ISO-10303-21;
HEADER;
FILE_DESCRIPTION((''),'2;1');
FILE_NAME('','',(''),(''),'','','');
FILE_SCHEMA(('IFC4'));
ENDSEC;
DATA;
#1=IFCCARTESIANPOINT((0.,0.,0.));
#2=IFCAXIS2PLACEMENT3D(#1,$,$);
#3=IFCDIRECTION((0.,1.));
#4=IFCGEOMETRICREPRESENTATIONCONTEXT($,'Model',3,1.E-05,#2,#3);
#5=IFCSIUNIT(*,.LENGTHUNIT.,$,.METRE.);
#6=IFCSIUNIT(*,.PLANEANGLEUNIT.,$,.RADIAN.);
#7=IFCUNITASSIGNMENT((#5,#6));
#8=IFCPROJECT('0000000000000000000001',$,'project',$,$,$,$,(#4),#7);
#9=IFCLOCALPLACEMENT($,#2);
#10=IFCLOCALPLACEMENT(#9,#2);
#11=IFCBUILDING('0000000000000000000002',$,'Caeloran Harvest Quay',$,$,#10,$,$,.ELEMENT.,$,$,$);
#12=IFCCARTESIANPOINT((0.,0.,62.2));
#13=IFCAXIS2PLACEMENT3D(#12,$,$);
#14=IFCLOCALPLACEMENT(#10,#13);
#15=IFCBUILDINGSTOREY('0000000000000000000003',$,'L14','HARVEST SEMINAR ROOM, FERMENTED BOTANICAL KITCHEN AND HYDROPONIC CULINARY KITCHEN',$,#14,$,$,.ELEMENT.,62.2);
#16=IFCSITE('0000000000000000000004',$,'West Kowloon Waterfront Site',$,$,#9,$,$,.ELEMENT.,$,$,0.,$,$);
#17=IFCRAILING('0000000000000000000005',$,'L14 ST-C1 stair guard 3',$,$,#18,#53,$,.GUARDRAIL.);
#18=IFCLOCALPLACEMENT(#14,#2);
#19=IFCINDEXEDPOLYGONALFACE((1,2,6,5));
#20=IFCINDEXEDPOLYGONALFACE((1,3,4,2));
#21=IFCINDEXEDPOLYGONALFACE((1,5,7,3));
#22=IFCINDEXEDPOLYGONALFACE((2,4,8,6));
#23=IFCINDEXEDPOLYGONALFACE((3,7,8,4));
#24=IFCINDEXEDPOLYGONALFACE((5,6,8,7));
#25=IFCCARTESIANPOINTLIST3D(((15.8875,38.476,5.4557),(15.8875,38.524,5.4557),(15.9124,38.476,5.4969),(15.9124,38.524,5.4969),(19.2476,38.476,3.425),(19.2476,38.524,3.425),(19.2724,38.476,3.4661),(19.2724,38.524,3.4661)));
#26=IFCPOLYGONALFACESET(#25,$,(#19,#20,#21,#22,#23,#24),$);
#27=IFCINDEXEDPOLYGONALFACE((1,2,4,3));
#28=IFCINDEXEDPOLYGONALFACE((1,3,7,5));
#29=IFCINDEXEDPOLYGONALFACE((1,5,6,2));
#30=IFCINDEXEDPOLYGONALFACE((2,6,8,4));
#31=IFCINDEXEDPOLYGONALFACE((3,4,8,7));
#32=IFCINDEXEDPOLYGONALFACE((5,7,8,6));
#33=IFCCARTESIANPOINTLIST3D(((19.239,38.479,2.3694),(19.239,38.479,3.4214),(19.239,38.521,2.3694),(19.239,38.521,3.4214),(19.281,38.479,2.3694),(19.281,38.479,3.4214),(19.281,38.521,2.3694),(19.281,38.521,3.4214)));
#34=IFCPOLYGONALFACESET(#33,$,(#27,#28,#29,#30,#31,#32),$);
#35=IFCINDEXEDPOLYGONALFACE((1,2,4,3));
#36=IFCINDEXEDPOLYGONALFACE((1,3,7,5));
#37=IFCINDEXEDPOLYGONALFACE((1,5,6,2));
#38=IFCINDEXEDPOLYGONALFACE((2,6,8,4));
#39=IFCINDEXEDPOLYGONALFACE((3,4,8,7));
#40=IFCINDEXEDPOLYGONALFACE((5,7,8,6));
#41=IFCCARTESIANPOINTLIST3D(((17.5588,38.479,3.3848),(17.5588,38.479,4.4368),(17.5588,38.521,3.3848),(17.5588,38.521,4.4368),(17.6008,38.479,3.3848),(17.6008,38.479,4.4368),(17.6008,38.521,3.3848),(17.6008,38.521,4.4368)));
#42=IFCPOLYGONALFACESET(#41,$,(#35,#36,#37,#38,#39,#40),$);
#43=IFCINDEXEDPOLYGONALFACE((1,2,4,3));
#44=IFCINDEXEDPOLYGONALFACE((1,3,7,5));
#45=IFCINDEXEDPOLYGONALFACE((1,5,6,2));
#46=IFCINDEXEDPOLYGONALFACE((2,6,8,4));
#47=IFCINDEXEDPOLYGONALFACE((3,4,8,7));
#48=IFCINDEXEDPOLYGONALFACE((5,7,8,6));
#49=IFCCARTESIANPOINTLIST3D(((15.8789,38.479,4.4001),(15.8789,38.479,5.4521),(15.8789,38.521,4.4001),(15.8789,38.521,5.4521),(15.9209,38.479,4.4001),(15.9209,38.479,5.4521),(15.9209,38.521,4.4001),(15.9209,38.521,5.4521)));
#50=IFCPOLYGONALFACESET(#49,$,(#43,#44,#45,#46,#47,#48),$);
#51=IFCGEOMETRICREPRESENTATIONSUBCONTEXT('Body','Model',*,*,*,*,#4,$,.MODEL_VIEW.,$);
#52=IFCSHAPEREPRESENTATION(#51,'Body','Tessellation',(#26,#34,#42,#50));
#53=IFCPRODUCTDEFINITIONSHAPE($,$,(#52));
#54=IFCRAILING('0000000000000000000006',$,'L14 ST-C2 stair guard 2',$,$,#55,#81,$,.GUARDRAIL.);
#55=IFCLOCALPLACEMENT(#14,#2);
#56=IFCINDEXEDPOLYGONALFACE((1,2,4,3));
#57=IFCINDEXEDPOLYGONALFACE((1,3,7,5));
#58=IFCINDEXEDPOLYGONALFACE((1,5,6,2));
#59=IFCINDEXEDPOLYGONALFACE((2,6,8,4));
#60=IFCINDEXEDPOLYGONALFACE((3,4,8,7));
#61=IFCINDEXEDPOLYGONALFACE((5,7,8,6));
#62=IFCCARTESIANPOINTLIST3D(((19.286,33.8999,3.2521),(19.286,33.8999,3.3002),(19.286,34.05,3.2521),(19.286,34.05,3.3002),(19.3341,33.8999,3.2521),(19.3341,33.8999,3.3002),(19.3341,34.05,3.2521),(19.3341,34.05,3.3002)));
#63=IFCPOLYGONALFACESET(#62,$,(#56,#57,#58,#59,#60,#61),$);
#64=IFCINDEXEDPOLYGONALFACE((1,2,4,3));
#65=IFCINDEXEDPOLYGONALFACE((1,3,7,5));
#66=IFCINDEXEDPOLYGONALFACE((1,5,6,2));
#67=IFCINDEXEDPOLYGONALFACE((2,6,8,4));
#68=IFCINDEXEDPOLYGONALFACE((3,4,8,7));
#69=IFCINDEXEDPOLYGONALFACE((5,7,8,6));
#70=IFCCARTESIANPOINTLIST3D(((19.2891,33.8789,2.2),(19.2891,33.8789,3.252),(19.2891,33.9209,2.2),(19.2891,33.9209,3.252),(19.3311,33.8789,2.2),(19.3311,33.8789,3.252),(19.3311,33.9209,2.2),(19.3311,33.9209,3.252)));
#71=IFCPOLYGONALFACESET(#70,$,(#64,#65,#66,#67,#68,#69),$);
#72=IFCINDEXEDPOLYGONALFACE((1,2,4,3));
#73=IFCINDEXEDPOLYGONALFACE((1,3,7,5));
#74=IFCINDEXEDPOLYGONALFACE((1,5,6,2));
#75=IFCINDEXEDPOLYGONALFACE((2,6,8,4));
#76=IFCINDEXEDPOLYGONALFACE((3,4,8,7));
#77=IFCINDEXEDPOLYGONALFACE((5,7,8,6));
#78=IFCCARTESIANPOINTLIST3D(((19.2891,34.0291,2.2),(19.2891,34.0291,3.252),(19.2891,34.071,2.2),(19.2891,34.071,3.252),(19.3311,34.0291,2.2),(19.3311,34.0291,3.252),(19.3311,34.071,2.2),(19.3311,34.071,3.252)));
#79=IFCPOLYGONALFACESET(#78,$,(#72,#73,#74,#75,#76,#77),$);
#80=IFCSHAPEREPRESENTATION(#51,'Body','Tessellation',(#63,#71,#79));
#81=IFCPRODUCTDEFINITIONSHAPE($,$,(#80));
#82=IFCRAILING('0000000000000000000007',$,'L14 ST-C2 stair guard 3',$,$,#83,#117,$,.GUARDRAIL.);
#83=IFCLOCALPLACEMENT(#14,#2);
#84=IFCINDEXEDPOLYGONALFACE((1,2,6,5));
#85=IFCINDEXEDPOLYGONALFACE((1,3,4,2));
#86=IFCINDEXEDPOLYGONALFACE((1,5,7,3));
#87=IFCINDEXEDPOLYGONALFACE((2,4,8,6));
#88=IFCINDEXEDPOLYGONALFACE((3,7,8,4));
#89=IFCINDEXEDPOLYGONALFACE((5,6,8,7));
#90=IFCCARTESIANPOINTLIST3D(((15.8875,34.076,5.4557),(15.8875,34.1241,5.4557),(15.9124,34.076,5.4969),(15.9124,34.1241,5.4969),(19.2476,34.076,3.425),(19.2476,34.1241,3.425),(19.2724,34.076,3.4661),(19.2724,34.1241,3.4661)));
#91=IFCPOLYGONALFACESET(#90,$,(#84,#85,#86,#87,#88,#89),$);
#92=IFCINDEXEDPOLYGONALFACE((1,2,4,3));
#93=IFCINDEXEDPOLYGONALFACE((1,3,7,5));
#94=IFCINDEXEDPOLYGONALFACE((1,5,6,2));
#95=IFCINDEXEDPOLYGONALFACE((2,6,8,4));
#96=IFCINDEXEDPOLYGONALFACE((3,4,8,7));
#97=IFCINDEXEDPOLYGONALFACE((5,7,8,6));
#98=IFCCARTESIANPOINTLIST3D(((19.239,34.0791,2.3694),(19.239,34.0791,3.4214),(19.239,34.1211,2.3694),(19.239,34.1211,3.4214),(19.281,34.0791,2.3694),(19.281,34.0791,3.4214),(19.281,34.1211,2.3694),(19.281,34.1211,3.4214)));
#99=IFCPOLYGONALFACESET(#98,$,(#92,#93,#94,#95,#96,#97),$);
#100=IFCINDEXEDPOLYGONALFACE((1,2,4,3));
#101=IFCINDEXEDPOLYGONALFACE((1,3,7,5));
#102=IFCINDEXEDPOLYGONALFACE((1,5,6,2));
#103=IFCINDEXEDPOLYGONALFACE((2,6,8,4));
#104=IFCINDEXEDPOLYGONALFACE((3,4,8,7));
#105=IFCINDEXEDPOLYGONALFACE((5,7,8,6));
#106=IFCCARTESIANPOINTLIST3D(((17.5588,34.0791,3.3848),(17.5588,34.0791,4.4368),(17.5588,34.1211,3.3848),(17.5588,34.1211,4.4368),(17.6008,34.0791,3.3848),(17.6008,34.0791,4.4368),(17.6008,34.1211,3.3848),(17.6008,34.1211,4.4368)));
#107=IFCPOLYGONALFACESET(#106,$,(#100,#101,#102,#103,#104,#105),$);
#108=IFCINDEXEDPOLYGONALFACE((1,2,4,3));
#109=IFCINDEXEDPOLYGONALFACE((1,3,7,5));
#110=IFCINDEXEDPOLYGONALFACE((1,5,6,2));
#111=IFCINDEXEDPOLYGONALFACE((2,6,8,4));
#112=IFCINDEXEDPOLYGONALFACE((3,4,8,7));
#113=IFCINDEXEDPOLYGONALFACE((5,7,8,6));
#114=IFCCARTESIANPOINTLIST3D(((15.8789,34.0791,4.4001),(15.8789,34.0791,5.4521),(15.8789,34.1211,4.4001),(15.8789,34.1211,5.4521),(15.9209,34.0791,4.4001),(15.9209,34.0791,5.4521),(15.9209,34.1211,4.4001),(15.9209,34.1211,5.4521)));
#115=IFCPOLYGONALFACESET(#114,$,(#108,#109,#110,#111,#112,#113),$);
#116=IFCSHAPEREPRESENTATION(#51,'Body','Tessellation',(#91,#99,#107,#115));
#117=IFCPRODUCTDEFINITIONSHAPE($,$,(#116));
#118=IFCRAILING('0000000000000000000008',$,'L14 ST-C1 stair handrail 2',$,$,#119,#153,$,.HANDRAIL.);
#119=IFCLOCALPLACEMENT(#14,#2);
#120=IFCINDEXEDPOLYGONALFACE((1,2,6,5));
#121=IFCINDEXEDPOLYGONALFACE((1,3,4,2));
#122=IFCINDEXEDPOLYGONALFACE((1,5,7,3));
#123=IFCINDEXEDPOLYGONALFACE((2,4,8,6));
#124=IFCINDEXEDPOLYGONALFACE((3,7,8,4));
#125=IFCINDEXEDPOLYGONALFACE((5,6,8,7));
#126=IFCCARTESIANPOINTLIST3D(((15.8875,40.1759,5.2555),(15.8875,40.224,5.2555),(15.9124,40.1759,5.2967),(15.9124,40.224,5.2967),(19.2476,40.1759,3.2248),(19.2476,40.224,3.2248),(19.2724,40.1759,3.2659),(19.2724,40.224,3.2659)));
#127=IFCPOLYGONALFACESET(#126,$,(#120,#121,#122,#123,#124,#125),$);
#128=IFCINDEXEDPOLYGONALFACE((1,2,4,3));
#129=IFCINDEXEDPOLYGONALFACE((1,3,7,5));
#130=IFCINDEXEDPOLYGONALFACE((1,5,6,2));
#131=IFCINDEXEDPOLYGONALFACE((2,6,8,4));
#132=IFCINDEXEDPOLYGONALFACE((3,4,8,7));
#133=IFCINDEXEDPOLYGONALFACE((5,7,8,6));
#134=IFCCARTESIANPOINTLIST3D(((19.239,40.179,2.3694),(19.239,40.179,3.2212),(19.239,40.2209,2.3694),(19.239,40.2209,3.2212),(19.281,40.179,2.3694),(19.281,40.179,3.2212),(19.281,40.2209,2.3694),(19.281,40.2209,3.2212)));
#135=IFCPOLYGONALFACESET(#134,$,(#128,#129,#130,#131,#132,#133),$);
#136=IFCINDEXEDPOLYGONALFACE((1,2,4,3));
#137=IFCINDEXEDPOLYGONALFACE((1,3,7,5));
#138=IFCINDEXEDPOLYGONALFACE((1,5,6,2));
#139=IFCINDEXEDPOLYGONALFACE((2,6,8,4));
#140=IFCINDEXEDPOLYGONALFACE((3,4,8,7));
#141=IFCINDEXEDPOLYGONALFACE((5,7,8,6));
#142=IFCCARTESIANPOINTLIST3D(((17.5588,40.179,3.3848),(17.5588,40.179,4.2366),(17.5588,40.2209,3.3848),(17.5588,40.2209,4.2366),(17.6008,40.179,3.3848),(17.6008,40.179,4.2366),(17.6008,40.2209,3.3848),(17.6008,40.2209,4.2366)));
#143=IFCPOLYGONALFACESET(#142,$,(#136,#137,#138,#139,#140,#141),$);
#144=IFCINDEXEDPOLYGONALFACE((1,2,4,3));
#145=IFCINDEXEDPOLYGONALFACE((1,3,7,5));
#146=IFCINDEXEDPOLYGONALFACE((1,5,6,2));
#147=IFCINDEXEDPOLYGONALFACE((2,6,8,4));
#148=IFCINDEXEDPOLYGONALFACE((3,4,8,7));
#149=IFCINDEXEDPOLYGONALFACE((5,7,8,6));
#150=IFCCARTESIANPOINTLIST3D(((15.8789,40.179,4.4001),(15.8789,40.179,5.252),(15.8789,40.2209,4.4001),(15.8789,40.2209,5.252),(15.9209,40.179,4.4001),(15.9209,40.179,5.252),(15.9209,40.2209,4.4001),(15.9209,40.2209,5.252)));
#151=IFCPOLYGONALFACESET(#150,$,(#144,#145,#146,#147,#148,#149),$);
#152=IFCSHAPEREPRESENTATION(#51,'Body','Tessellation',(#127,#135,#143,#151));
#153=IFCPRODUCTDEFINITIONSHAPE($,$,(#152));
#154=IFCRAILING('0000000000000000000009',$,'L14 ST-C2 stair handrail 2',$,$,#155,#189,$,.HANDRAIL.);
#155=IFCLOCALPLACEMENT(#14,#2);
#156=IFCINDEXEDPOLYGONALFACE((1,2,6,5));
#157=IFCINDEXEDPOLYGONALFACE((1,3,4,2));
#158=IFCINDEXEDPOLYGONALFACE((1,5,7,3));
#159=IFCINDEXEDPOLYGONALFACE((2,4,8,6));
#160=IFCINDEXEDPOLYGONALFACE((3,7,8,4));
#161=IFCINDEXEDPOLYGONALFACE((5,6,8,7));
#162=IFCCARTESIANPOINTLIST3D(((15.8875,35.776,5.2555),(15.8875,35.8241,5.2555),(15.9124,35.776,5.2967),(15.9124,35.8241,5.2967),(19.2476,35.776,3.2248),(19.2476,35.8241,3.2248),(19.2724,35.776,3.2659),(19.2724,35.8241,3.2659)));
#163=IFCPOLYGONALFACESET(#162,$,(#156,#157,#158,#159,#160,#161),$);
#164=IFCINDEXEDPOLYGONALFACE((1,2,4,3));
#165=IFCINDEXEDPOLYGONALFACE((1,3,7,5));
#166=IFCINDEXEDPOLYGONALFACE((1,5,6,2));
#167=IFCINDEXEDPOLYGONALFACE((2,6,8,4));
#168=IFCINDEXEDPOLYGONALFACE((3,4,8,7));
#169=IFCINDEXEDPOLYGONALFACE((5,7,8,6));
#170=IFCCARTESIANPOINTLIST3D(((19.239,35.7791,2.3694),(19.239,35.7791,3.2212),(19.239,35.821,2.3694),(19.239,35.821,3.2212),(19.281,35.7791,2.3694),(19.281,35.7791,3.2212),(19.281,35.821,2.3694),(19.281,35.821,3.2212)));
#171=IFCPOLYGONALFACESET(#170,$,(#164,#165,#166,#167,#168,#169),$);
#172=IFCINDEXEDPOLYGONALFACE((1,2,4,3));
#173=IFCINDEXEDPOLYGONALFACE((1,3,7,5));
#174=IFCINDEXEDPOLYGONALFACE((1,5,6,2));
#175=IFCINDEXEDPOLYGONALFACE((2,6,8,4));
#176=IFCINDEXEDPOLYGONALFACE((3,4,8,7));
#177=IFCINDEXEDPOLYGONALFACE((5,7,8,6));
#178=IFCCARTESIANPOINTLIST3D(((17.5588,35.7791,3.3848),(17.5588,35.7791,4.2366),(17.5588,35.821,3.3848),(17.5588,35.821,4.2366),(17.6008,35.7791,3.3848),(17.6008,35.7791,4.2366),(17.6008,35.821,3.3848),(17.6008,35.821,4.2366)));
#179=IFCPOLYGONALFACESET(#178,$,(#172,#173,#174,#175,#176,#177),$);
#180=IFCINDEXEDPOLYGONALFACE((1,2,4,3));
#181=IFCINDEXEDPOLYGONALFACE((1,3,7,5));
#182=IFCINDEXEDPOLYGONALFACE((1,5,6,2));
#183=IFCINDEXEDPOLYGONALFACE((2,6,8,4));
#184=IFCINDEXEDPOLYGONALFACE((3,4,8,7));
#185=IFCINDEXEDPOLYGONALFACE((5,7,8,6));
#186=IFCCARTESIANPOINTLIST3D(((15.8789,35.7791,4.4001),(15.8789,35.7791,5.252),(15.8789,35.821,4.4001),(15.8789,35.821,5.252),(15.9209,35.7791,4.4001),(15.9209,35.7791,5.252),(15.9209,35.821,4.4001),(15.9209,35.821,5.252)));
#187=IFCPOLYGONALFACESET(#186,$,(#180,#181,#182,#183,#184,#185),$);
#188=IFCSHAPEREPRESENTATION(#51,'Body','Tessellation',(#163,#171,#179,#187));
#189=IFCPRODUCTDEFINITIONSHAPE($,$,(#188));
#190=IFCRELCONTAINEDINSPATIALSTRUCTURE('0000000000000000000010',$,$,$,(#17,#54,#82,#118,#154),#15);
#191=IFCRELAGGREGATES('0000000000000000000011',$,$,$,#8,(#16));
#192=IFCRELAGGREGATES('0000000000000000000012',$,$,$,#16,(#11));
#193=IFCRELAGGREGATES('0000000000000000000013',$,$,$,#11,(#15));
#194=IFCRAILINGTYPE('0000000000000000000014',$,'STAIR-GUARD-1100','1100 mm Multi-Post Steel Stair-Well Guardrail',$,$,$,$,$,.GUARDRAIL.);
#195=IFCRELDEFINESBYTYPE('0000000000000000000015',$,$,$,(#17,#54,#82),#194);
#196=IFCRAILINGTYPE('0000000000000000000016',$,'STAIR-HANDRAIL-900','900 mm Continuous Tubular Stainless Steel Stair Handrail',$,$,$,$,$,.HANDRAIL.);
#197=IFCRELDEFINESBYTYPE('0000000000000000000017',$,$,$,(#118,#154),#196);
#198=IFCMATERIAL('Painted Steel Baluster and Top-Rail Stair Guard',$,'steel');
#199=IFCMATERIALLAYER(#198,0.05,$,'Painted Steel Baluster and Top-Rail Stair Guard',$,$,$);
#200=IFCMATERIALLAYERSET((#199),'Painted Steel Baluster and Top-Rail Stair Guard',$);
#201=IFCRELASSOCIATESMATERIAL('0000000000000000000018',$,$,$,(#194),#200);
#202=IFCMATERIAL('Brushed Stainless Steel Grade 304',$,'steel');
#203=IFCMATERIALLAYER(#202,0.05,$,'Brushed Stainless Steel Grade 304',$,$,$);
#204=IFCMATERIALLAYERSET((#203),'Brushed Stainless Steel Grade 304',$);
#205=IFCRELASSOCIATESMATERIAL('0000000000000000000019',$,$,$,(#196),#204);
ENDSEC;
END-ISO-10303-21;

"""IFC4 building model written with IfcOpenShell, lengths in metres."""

from ifc_helpers import new_model, si_unit, direction, frame, origin, origin_2d, place, context, subcontext, project, spatial, rectangle, extrude, material, layer, layer_set, type_object, element, save


model = new_model("IFC4")

# Units and contexts
model_context = context("Model", 3, precision=1e-05, world=origin(), true_north=direction((0.0, 1.0)))
body_context = subcontext(model_context, "Body", "Model", "MODEL_VIEW")
ifc_project = project(units=[si_unit("LENGTHUNIT", "METRE"), si_unit("PLANEANGLEUNIT", "RADIAN")], contexts=[model_context])

# Site, building, storey
site_placement = place(None, origin())
site = spatial("IfcSite", under=ifc_project, at=site_placement, Name="West Kowloon Waterfront Site", CompositionType="ELEMENT", RefElevation=0.0)
building_placement = place(site_placement, origin())
building = spatial("IfcBuilding", under=site, at=building_placement, Name="Caeloran Harvest Quay", CompositionType="ELEMENT")
storey_placement = place(building_placement, frame((0.0, 0.0, 62.2)))
storey = spatial("IfcBuildingStorey", under=building, at=storey_placement, Name="L14", Description="HARVEST SEMINAR ROOM, FERMENTED BOTANICAL KITCHEN AND HYDROPONIC CULINARY KITCHEN", CompositionType="ELEMENT", Elevation=62.2)

# Railings
ifc_material_1 = material(Name="Painted Steel Baluster and Top-Rail Stair Guard", Category="steel")
ifc_layer_1 = layer(ifc_material_1, 0.05, Name="Painted Steel Baluster and Top-Rail Stair Guard")
ifc_layer_set_1 = layer_set([ifc_layer_1], Name="Painted Steel Baluster and Top-Rail Stair Guard")
railing_type_1 = type_object("IfcRailingType", Name="STAIR-GUARD-1100", Description="1100 mm Multi-Post Steel Stair-Well Guardrail", PredefinedType="GUARDRAIL", material=ifc_layer_set_1)
railing_1_placement = place(storey_placement, frame((19.26, 38.5, 2.3694)))
element("IfcRailing", 1, at=railing_1_placement, inside=storey, type_object=railing_type_1, Name="L14 ST-C1 stair guard 3", PredefinedType="GUARDRAIL", context=body_context, shape_type="SweptSolid", body=[
    extrude(rectangle(XDim=0.0481, YDim=0.0481, at=origin_2d()), frame((0.0, 0.0, 1.0762), z_axis=(-0.855837, 0.0, 0.517246), x_axis=(0.0, -1.0, 0.0)), (0.0, 0.0, 1.0), 3.926),
    extrude(rectangle(XDim=0.042, YDim=0.042, at=origin_2d()), origin(), (0.0, 0.0, 1.0), 1.052),
    extrude(rectangle(XDim=0.042, YDim=0.042, at=origin_2d()), frame((-1.6802, 0.0, 1.0154)), (0.0, 0.0, 1.0), 1.052),
    extrude(rectangle(XDim=0.042, YDim=0.042, at=origin_2d()), frame((-3.3601, 0.0, 2.0308)), (0.0, 0.0, 1.0), 1.052),
])
railing_2_placement = place(storey_placement, frame((19.3101, 33.8999, 2.2)))
element("IfcRailing", 2, at=railing_2_placement, inside=storey, type_object=railing_type_1, Name="L14 ST-C2 stair guard 2", PredefinedType="GUARDRAIL", context=body_context, shape_type="SweptSolid", body=[
    extrude(rectangle(XDim=0.0481, YDim=0.0481, at=origin_2d()), frame((0.0, 0.0, 1.0762), z_axis=(0.0, 1.0, 0.0), x_axis=(-1.0, 0.0, 0.0)), (0.0, 0.0, 1.0), 0.1501),
    extrude(rectangle(XDim=0.042, YDim=0.042, at=origin_2d()), origin(), (0.0, 0.0, 1.0), 1.052),
    extrude(rectangle(XDim=0.042, YDim=0.042, at=origin_2d()), frame((0.0, 0.1501, 0.0)), (0.0, 0.0, 1.0), 1.052),
])
railing_3_placement = place(storey_placement, frame((19.26, 34.1001, 2.3694)))
element("IfcRailing", 3, at=railing_3_placement, inside=storey, type_object=railing_type_1, Name="L14 ST-C2 stair guard 3", PredefinedType="GUARDRAIL", context=body_context, shape_type="SweptSolid", body=[
    extrude(rectangle(XDim=0.0481, YDim=0.0481, at=origin_2d()), frame((0.0, 0.0, 1.0762), z_axis=(-0.855837, 0.0, 0.517246), x_axis=(0.0, -1.0, 0.0)), (0.0, 0.0, 1.0), 3.926),
    extrude(rectangle(XDim=0.042, YDim=0.042, at=origin_2d()), origin(), (0.0, 0.0, 1.0), 1.052),
    extrude(rectangle(XDim=0.042, YDim=0.042, at=origin_2d()), frame((-1.6802, 0.0, 1.0154)), (0.0, 0.0, 1.0), 1.052),
    extrude(rectangle(XDim=0.042, YDim=0.042, at=origin_2d()), frame((-3.3601, 0.0, 2.0308)), (0.0, 0.0, 1.0), 1.052),
])
ifc_material_2 = material(Name="Brushed Stainless Steel Grade 304", Category="steel")
ifc_layer_2 = layer(ifc_material_2, 0.05, Name="Brushed Stainless Steel Grade 304")
ifc_layer_set_2 = layer_set([ifc_layer_2], Name="Brushed Stainless Steel Grade 304")
railing_type_2 = type_object("IfcRailingType", Name="STAIR-HANDRAIL-900", Description="900 mm Continuous Tubular Stainless Steel Stair Handrail", PredefinedType="HANDRAIL", material=ifc_layer_set_2)
for number, where, name in (
    (4, (19.26, 40.2, 2.3694), "L14 ST-C1 stair handrail 2"),
    (5, (19.26, 35.8, 2.3694), "L14 ST-C2 stair handrail 2"),
):
    element("IfcRailing", number, at=place(storey_placement, frame(where)), inside=storey, type_object=railing_type_2, Name=name, PredefinedType="HANDRAIL", context=body_context, shape_type="SweptSolid", body=[
        extrude(rectangle(XDim=0.0481, YDim=0.0481, at=origin_2d()), frame((0.0, 0.0, 0.876), z_axis=(-0.855837, 0.0, 0.517246), x_axis=(0.0, -1.0, 0.0)), (0.0, 0.0, 1.0), 3.926),
        extrude(rectangle(XDim=0.042, YDim=0.042, at=origin_2d()), origin(), (0.0, 0.0, 1.0), 0.8518),
        extrude(rectangle(XDim=0.042, YDim=0.042, at=origin_2d()), frame((-1.6802, 0.0, 1.0154)), (0.0, 0.0, 1.0), 0.8518),
        extrude(rectangle(XDim=0.042, YDim=0.042, at=origin_2d()), frame((-3.3601, 0.0, 2.0308)), (0.0, 0.0, 1.0), 0.8518),
    ])

save(model, "model.ifc")
